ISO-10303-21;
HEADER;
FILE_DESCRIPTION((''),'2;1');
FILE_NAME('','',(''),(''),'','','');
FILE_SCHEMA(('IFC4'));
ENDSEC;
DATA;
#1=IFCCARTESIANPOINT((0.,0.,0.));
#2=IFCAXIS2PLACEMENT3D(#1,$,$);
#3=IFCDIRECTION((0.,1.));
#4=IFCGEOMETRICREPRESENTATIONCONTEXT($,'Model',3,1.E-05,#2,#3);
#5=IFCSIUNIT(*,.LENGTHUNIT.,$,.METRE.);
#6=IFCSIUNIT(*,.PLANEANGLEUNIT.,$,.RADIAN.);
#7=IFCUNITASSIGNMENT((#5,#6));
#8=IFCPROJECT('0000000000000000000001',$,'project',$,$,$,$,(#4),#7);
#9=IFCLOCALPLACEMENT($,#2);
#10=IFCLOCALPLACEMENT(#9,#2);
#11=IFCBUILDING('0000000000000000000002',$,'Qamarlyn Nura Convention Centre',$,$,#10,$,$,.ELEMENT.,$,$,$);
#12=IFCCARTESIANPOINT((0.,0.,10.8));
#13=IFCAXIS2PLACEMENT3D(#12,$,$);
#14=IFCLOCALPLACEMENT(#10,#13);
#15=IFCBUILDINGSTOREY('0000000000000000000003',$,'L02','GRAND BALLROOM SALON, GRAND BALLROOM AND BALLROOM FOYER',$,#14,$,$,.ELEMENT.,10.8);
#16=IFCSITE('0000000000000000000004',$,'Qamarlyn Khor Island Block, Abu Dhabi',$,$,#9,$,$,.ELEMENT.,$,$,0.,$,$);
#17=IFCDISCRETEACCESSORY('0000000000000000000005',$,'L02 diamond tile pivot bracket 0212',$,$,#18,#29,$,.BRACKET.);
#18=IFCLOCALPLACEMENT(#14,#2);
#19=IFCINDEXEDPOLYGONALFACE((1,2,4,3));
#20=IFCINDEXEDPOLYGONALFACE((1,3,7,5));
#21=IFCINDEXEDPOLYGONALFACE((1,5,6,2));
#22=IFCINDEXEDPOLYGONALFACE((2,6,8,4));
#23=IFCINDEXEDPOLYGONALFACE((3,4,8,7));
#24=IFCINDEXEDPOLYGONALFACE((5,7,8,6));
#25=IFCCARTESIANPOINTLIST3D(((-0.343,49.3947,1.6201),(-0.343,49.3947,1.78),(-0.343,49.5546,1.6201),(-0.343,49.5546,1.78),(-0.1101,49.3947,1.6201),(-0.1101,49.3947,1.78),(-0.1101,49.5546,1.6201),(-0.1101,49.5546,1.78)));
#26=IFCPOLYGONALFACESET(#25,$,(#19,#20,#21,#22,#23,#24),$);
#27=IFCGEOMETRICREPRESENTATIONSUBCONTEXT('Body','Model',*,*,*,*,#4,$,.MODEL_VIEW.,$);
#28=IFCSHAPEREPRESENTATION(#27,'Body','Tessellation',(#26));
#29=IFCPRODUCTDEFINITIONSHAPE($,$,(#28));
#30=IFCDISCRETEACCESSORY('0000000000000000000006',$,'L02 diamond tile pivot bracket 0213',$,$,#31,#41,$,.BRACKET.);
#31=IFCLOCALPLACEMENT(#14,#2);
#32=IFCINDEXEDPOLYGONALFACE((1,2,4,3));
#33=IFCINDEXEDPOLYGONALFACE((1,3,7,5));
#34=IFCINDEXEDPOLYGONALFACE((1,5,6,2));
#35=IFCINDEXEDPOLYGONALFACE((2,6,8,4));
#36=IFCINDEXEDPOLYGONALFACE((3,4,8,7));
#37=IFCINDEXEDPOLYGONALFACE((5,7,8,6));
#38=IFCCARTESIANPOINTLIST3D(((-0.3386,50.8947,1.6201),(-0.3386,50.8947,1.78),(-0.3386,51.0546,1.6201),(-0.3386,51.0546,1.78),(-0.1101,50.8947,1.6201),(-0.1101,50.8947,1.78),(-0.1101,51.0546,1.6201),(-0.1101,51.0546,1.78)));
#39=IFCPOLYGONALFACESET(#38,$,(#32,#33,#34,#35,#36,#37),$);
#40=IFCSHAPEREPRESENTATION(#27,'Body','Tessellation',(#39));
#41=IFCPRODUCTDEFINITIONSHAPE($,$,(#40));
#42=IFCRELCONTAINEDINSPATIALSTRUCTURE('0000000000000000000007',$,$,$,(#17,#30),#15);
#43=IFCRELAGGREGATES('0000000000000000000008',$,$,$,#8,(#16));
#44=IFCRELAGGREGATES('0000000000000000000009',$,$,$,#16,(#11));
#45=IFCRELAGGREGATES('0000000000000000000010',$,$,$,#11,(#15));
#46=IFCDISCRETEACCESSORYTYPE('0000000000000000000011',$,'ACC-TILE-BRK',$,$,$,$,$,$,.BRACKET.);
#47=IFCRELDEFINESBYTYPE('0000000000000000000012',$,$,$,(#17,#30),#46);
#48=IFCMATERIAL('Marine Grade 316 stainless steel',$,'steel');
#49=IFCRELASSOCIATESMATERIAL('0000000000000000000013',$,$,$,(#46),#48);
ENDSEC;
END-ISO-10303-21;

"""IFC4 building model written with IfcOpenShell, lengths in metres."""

from ifc_helpers import new_model, si_unit, direction, frame, origin, origin_2d, place, context, subcontext, project, spatial, rectangle, extrude, material, type_object, element, save


model = new_model("IFC4")

# Units and contexts
model_context = context("Model", 3, precision=1e-05, world=origin(), true_north=direction((0.0, 1.0)))
body_context = subcontext(model_context, "Body", "Model", "MODEL_VIEW")
ifc_project = project(units=[si_unit("LENGTHUNIT", "METRE"), si_unit("PLANEANGLEUNIT", "RADIAN")], contexts=[model_context])

# Site, building, storey
site_placement = place(None, origin())
site = spatial("IfcSite", under=ifc_project, at=site_placement, Name="Qamarlyn Khor Island Block, Abu Dhabi", CompositionType="ELEMENT", RefElevation=0.0)
building_placement = place(site_placement, origin())
building = spatial("IfcBuilding", under=site, at=building_placement, Name="Qamarlyn Nura Convention Centre", CompositionType="ELEMENT")
storey_placement = place(building_placement, frame((0.0, 0.0, 10.8)))
storey = spatial("IfcBuildingStorey", under=building, at=storey_placement, Name="L02", Description="GRAND BALLROOM SALON, GRAND BALLROOM AND BALLROOM FOYER", CompositionType="ELEMENT", Elevation=10.8)

# Discrete accessories
ifc_material_1 = material(Name="Marine Grade 316 stainless steel", Category="steel")
discrete_accessory_type_1 = type_object("IfcDiscreteAccessoryType", Name="ACC-TILE-BRK", PredefinedType="BRACKET", material=ifc_material_1)
discrete_accessory_1_placement = place(storey_placement, frame((-0.2266, 49.4746, 1.6201), z_axis=(0.0, 0.0, 1.0), x_axis=(-1.0, 0.0, 0.0)))
element("IfcDiscreteAccessory", 1, at=discrete_accessory_1_placement, inside=storey, type_object=discrete_accessory_type_1, Name="L02 diamond tile pivot bracket 0212", PredefinedType="BRACKET", context=body_context, shape_type="SweptSolid", body=[
    extrude(rectangle(XDim=0.2329, YDim=0.1599, at=origin_2d()), origin(), (0.0, 0.0, 1.0), 0.1599),
])
discrete_accessory_2_placement = place(storey_placement, frame((-0.2244, 50.9746, 1.6201), z_axis=(0.0, 0.0, 1.0), x_axis=(-1.0, 0.0, 0.0)))
element("IfcDiscreteAccessory", 2, at=discrete_accessory_2_placement, inside=storey, type_object=discrete_accessory_type_1, Name="L02 diamond tile pivot bracket 0213", PredefinedType="BRACKET", context=body_context, shape_type="SweptSolid", body=[
    extrude(rectangle(XDim=0.2285, YDim=0.1599, at=origin_2d()), origin(), (0.0, 0.0, 1.0), 0.1599),
])

save(model, "model.ifc")
